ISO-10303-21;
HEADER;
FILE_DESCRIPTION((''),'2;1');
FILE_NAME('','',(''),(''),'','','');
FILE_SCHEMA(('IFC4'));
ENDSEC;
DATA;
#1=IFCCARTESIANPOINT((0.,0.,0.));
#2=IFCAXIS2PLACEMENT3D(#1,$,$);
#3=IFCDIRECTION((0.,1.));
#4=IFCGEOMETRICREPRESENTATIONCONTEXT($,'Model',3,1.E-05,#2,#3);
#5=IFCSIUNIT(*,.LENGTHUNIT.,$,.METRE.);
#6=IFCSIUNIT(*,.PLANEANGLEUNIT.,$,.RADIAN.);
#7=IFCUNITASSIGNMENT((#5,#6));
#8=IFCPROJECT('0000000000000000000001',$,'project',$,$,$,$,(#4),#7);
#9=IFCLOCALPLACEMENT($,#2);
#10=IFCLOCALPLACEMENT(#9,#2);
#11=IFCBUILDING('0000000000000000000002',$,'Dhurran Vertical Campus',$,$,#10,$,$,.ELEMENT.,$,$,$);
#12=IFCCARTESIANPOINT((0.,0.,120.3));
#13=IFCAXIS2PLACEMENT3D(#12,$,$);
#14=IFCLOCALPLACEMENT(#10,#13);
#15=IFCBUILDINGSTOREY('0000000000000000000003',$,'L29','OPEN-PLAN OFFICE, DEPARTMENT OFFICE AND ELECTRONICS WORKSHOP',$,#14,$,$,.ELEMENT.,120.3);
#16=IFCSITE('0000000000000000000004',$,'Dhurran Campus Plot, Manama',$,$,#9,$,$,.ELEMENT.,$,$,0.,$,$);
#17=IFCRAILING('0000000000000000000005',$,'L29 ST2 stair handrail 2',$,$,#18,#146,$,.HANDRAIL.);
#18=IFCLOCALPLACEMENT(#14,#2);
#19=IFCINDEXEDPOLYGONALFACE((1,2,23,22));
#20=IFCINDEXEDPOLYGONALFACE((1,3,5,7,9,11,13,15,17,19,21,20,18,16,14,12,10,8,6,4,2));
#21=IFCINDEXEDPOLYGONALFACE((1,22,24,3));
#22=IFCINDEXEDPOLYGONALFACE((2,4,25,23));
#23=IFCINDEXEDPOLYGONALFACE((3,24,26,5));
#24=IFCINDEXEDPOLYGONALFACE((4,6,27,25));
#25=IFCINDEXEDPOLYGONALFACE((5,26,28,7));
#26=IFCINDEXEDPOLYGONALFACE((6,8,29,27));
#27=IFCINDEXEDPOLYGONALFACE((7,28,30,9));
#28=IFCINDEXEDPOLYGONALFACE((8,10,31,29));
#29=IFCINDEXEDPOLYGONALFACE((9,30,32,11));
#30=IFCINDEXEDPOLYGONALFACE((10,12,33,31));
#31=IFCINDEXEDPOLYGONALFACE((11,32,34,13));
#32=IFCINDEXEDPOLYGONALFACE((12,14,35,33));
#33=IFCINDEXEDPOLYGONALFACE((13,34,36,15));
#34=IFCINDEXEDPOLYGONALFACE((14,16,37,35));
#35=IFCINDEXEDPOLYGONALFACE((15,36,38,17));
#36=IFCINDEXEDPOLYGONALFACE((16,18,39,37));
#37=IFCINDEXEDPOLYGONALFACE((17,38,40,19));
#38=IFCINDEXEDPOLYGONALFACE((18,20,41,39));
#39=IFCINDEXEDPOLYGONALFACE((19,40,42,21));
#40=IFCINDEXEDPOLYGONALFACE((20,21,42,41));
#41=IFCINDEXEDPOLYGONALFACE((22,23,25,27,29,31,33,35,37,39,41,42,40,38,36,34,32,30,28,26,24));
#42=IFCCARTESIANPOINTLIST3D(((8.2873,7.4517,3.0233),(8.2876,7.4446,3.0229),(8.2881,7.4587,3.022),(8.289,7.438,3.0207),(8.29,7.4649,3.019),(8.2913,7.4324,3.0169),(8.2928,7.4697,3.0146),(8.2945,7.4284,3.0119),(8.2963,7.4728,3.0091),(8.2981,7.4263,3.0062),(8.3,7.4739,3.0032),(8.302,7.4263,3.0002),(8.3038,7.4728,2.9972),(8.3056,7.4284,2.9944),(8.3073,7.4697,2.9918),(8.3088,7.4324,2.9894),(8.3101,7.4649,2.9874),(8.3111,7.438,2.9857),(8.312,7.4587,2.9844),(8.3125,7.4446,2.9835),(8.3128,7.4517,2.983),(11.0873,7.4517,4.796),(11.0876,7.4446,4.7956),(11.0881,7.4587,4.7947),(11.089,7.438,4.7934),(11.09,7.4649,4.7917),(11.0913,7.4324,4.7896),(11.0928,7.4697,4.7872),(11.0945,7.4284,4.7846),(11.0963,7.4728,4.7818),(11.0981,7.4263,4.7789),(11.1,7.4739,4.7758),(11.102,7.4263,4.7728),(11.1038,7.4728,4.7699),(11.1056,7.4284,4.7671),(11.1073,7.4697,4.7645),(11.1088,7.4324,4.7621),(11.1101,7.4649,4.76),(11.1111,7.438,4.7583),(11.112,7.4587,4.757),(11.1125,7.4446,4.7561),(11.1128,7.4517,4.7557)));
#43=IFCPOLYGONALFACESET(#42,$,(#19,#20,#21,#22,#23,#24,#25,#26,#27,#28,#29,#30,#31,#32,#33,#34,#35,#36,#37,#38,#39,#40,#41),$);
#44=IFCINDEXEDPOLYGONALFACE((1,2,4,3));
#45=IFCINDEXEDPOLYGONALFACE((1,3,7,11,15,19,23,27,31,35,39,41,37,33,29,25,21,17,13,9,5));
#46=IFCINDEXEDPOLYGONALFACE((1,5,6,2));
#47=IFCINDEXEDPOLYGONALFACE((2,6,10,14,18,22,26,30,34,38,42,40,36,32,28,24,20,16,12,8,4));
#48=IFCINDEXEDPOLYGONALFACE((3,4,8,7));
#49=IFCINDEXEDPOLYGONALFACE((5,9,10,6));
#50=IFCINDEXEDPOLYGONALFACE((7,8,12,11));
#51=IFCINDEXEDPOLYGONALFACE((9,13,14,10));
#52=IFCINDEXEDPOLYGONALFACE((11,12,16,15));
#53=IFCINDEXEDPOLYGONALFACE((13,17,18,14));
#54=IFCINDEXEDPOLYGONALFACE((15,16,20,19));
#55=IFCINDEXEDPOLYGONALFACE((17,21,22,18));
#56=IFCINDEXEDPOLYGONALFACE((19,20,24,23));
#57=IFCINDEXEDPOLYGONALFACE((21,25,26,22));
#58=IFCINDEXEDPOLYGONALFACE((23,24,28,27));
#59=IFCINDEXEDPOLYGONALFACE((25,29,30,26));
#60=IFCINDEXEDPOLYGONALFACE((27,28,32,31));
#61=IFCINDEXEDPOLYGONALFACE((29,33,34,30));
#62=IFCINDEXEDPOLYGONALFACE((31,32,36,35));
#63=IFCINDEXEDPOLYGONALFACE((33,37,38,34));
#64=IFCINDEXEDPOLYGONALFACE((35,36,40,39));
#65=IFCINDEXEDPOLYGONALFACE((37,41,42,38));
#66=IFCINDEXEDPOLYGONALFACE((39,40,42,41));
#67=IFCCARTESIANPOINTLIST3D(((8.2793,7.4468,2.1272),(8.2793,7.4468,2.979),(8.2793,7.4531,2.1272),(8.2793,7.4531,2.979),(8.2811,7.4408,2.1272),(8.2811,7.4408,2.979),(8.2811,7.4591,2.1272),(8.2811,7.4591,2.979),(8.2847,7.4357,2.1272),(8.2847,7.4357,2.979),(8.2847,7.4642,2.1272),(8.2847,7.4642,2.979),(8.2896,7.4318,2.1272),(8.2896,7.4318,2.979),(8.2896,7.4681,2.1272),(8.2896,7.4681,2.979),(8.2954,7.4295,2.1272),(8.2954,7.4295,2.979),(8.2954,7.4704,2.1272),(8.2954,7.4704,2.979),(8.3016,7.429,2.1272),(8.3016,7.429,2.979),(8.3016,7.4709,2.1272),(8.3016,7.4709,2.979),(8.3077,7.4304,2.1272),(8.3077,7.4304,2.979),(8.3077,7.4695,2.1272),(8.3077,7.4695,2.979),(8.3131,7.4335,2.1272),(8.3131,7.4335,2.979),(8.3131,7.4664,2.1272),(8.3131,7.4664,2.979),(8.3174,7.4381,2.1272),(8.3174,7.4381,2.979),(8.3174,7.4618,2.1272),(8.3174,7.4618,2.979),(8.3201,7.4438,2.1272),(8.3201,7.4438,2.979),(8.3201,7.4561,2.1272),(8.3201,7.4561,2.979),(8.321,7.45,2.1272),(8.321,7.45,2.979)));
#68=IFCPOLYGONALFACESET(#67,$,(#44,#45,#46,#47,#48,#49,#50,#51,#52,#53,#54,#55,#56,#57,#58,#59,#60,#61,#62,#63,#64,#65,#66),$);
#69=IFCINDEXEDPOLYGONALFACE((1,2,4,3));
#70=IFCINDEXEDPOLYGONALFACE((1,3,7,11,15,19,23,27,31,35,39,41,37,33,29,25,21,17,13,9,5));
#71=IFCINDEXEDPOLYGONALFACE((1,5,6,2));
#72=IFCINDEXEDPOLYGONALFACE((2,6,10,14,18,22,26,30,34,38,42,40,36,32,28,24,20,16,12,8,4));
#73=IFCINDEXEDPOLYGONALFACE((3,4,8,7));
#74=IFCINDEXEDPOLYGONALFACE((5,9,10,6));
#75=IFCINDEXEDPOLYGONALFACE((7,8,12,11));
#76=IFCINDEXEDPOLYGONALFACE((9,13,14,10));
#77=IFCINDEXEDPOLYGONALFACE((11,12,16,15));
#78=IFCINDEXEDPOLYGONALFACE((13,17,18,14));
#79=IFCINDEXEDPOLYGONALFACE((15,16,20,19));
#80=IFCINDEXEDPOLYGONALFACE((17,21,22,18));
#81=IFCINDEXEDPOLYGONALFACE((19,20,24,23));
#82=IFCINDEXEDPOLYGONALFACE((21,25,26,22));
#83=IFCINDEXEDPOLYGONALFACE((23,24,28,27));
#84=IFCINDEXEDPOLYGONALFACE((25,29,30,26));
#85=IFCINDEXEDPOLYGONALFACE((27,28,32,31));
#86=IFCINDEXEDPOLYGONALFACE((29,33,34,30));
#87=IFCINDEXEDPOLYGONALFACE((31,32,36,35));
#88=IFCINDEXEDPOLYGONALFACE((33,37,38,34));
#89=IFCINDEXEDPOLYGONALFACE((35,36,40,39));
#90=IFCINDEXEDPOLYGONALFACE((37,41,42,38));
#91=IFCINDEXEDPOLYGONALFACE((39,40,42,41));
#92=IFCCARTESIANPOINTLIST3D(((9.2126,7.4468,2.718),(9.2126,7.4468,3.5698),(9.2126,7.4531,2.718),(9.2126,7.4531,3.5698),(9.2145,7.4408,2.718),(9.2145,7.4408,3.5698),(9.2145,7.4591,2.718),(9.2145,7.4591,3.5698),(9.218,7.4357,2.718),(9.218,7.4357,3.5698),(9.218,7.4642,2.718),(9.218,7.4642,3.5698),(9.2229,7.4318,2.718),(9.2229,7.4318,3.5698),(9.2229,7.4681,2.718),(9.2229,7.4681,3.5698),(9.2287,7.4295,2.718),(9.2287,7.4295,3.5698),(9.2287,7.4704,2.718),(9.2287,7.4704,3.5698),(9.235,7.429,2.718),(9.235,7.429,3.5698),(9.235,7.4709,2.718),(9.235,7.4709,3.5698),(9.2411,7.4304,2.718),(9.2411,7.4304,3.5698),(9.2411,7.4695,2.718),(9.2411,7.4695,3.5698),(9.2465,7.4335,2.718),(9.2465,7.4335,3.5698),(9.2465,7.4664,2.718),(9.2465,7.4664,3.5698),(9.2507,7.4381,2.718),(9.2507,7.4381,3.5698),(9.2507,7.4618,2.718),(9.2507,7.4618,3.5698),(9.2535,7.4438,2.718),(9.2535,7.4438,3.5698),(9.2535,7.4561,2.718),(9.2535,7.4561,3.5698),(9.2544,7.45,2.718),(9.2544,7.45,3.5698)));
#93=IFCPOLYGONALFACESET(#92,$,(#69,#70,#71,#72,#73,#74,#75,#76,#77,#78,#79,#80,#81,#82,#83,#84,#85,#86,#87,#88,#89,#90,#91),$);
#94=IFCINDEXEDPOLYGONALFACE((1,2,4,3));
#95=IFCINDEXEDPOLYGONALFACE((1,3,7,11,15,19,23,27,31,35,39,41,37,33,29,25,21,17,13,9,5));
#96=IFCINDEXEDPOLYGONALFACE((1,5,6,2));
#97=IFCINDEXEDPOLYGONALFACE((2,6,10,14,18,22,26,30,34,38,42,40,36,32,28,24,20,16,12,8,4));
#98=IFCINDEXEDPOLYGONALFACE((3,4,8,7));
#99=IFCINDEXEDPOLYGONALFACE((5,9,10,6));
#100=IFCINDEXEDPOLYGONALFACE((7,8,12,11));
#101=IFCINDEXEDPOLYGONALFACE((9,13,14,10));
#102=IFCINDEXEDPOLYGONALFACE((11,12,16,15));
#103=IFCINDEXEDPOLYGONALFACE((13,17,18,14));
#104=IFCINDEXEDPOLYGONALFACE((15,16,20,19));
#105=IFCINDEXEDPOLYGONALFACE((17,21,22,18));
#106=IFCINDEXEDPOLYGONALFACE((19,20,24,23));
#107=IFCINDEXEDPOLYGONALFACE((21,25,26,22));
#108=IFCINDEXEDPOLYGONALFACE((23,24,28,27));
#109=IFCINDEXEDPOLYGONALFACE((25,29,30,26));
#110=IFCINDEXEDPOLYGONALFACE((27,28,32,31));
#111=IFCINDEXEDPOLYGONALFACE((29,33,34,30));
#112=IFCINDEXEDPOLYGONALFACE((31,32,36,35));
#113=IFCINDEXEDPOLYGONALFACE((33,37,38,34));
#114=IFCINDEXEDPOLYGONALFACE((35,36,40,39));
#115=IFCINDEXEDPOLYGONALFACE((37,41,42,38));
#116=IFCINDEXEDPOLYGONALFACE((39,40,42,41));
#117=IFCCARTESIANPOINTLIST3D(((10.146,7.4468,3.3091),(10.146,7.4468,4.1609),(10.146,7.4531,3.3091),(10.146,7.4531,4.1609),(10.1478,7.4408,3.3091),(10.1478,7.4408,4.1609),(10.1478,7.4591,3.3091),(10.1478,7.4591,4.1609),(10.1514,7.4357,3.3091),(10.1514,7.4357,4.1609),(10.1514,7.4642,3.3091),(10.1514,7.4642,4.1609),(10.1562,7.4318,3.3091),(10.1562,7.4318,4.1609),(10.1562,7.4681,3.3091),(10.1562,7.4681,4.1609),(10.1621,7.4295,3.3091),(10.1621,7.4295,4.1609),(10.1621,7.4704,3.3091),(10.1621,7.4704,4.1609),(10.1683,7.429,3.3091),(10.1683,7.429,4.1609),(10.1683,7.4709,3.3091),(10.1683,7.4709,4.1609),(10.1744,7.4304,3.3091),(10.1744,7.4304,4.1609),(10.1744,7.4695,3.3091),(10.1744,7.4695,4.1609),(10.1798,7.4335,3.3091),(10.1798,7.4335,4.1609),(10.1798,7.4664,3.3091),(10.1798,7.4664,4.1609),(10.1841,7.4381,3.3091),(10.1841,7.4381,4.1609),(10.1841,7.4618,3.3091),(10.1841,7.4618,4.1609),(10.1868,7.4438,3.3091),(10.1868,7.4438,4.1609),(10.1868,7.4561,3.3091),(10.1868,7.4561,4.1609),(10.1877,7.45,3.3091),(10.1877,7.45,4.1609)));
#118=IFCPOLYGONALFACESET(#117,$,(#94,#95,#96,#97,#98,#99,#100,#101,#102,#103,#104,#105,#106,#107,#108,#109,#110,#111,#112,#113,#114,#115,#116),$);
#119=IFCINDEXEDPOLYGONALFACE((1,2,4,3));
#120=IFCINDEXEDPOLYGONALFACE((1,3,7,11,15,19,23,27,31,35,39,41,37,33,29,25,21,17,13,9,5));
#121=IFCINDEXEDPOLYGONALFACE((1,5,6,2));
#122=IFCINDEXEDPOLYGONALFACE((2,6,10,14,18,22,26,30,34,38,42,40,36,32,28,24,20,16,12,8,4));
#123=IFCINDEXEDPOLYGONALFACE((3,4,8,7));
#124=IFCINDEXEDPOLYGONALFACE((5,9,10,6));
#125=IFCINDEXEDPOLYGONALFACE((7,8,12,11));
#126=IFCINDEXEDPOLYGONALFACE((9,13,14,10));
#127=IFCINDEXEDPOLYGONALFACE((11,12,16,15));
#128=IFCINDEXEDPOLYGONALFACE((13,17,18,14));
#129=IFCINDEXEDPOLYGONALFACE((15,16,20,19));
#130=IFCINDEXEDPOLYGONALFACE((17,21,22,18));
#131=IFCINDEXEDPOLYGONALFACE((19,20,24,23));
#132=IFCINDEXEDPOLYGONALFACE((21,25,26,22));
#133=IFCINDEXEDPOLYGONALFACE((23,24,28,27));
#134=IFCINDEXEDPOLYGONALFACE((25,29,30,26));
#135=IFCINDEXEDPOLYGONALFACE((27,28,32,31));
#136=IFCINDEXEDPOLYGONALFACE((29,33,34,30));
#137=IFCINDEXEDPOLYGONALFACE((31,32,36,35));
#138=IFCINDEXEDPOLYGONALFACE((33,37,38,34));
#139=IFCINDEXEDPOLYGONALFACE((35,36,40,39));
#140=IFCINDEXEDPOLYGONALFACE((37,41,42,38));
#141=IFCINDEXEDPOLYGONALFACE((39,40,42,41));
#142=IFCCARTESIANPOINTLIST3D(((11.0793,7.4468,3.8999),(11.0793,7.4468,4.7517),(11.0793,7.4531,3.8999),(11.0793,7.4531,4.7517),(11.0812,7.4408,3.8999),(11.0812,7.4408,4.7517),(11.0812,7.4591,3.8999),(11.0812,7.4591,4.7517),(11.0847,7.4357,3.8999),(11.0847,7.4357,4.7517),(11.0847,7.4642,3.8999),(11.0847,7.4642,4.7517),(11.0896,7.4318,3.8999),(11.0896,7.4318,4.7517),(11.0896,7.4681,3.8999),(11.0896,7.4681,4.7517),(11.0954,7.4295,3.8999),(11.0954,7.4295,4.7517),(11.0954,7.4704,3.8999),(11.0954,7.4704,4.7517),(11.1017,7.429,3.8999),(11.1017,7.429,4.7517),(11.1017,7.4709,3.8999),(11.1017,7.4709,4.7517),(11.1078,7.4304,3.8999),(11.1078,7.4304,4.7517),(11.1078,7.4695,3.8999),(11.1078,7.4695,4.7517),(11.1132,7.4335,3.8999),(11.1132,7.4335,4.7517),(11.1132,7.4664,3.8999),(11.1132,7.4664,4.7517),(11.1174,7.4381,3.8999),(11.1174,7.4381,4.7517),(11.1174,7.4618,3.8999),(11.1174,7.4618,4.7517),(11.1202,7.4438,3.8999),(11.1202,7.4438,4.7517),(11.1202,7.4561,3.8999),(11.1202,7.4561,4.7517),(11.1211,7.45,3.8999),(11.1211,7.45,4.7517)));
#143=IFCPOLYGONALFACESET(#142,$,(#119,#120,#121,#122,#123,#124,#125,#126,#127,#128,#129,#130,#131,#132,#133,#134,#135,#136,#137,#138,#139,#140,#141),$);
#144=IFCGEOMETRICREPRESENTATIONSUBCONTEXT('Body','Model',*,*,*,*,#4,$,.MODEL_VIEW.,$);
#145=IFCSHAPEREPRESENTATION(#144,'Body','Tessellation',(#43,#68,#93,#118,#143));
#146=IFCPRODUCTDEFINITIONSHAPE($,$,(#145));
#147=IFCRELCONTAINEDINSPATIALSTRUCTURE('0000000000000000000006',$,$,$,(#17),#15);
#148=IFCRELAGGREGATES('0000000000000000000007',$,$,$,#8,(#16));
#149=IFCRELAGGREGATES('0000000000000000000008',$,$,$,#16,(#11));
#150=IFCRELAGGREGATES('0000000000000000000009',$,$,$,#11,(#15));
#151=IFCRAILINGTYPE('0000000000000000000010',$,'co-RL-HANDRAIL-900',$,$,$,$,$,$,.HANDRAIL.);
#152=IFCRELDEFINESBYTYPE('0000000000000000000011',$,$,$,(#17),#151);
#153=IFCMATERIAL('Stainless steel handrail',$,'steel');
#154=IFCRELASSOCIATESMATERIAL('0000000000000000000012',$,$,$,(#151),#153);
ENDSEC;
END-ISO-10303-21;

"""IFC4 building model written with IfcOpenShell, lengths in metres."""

from ifc_helpers import new_model, si_unit, direction, frame, origin, origin_2d, place, context, subcontext, project, spatial, circle, extrude, material, type_object, element, save


model = new_model("IFC4")

# Units and contexts
model_context = context("Model", 3, precision=1e-05, world=origin(), true_north=direction((0.0, 1.0)))
body_context = subcontext(model_context, "Body", "Model", "MODEL_VIEW")
ifc_project = project(units=[si_unit("LENGTHUNIT", "METRE"), si_unit("PLANEANGLEUNIT", "RADIAN")], contexts=[model_context])

# Site, building, storey
site_placement = place(None, origin())
site = spatial("IfcSite", under=ifc_project, at=site_placement, Name="Dhurran Campus Plot, Manama", CompositionType="ELEMENT", RefElevation=0.0)
building_placement = place(site_placement, origin())
building = spatial("IfcBuilding", under=site, at=building_placement, Name="Dhurran Vertical Campus", CompositionType="ELEMENT")
storey_placement = place(building_placement, frame((0.0, 0.0, 120.3)))
storey = spatial("IfcBuildingStorey", under=building, at=storey_placement, Name="L29", Description="OPEN-PLAN OFFICE, DEPARTMENT OFFICE AND ELECTRONICS WORKSHOP", CompositionType="ELEMENT", Elevation=120.3)

# Railing
ifc_material_1 = material(Name="Stainless steel handrail", Category="steel")
railing_type_1 = type_object("IfcRailingType", Name="co-RL-HANDRAIL-900", PredefinedType="HANDRAIL", material=ifc_material_1)
railing_1_placement = place(storey_placement, frame((8.3, 7.45, 2.1272)))
element("IfcRailing", 1, at=railing_1_placement, inside=storey, type_object=railing_type_1, Name="L29 ST2 stair handrail 2", PredefinedType="HANDRAIL", context=body_context, shape_type="SweptSolid", body=[
    extrude(circle(Radius=0.0239, at=origin_2d()), frame((0.0, 0.0, 0.876), z_axis=(0.844909, 0.0, 0.53491), x_axis=(0.0, 1.0, 0.0)), (0.0, 0.0, 1.0), 3.314),
    extrude(circle(Radius=0.021, at=origin_2d()), origin(), (0.0, 0.0, 1.0), 0.8518),
    extrude(circle(Radius=0.021, at=origin_2d()), frame((0.9333, 0.0, 0.5908)), (0.0, 0.0, 1.0), 0.8518),
    extrude(circle(Radius=0.021, at=origin_2d()), frame((1.8667, 0.0, 1.1819)), (0.0, 0.0, 1.0), 0.8518),
    extrude(circle(Radius=0.021, at=origin_2d()), frame((2.8, 0.0, 1.7727)), (0.0, 0.0, 1.0), 0.8518),
])

save(model, "model.ifc")
